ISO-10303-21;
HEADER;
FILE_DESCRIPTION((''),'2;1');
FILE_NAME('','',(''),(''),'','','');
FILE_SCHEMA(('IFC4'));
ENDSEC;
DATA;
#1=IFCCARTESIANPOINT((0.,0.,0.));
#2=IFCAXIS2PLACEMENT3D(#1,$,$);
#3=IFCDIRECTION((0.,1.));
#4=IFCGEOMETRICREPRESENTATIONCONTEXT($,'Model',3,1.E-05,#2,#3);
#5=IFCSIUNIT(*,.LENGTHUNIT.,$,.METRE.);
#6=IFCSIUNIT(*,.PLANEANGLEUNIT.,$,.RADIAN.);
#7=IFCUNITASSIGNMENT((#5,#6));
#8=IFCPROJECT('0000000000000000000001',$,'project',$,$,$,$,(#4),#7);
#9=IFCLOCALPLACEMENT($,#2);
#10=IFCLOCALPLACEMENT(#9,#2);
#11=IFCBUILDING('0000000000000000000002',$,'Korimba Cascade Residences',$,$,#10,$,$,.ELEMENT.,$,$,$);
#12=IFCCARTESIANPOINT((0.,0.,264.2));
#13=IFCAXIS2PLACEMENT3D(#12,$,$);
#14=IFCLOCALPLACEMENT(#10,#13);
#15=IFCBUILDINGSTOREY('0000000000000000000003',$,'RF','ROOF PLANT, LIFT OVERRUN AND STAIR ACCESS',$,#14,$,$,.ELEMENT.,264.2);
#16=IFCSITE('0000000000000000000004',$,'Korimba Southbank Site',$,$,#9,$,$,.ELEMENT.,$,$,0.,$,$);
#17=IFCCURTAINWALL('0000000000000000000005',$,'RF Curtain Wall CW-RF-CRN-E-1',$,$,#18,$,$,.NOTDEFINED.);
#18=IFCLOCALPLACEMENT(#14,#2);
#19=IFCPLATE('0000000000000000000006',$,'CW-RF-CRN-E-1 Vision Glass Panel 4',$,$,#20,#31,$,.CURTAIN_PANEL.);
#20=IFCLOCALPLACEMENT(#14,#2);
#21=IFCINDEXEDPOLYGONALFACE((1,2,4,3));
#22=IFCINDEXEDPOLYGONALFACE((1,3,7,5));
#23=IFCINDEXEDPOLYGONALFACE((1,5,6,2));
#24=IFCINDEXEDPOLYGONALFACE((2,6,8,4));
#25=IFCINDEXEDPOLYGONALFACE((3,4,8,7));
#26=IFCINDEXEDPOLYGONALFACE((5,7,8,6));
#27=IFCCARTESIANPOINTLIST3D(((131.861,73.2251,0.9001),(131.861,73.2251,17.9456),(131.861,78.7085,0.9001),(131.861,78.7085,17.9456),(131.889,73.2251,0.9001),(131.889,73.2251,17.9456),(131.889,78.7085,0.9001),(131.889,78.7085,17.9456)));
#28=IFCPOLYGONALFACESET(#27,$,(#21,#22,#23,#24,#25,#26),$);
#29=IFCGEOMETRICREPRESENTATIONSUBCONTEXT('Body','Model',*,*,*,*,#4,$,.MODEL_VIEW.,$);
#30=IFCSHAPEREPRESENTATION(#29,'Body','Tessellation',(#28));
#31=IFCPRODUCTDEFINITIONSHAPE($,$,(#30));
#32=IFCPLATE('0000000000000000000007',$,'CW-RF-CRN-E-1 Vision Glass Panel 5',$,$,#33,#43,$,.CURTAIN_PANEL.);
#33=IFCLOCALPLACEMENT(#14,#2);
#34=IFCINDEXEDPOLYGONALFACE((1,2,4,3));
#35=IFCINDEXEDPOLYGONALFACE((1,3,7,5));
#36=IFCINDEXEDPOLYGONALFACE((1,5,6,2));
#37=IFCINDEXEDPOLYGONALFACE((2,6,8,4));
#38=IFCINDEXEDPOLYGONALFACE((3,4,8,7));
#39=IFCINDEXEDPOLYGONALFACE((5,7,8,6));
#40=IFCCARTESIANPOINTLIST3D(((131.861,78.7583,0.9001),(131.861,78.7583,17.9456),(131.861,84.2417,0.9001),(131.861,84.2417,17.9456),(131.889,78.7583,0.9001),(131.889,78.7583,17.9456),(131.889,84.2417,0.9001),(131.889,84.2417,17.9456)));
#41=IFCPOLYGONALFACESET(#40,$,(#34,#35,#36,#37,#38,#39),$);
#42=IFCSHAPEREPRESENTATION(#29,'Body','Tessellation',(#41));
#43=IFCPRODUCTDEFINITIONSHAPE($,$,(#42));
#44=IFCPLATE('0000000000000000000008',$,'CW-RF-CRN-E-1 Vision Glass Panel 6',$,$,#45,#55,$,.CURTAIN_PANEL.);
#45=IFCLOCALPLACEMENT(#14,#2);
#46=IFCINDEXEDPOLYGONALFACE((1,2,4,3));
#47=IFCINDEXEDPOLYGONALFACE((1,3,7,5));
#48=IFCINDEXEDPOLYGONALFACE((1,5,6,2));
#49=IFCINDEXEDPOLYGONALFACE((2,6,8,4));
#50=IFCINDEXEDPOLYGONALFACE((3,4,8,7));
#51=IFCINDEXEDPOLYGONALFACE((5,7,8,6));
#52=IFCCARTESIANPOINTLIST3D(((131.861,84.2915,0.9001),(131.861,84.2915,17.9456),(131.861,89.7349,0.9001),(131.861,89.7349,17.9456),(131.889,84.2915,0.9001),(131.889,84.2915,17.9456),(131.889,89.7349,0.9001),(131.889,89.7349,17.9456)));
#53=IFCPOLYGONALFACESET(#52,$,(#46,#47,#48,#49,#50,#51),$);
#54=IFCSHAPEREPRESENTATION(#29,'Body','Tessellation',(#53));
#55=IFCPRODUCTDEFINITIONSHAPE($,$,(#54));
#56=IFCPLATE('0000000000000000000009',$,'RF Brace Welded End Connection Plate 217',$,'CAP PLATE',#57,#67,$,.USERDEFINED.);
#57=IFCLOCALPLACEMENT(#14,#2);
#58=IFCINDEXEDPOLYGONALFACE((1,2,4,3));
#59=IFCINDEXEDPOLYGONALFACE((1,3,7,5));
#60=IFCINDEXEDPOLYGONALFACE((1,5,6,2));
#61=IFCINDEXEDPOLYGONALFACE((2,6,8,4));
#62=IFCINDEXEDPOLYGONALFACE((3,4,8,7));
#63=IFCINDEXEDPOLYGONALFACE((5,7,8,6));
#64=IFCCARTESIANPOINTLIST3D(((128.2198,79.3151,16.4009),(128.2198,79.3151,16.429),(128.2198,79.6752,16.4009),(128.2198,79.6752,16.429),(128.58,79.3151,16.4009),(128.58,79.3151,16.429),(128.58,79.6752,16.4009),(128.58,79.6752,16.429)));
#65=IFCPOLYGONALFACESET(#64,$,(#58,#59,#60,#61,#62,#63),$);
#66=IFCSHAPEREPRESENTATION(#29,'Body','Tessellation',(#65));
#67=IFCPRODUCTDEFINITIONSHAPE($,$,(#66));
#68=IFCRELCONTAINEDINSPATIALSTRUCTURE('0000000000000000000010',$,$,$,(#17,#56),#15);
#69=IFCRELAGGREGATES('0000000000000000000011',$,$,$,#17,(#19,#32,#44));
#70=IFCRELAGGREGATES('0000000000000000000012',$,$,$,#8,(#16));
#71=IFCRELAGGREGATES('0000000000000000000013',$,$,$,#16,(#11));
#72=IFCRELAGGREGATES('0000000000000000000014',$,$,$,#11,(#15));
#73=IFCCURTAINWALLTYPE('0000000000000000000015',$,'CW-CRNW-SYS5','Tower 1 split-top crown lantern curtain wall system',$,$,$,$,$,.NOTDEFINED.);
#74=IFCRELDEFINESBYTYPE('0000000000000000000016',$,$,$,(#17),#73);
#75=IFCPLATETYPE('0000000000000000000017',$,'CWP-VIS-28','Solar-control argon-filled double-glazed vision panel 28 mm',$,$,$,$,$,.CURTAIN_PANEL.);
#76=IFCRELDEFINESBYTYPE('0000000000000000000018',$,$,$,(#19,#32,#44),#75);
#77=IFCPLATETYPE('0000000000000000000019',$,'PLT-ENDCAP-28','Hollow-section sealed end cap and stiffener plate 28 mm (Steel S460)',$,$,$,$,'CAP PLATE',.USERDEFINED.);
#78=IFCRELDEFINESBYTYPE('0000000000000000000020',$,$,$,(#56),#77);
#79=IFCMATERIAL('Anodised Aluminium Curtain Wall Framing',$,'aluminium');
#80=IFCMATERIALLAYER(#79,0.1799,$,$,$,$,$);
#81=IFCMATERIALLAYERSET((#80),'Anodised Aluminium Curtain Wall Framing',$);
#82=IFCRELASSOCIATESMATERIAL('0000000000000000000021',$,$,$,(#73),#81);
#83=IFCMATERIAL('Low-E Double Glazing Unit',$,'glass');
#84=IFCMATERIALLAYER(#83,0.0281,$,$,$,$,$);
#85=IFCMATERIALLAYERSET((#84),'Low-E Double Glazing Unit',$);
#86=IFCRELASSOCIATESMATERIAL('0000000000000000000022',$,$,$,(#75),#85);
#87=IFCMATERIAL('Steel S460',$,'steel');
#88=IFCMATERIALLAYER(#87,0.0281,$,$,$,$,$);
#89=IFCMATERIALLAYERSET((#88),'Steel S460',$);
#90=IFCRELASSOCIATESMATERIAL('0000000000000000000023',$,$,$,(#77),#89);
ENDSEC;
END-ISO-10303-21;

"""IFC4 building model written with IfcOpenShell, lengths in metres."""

from ifc_helpers import new_model, si_unit, direction, frame, origin, origin_2d, place, context, subcontext, project, spatial, rectangle, extrude, material, layer, layer_set, type_object, element, aggregate, save


model = new_model("IFC4")

# Units and contexts
model_context = context("Model", 3, precision=1e-05, world=origin(), true_north=direction((0.0, 1.0)))
body_context = subcontext(model_context, "Body", "Model", "MODEL_VIEW")
ifc_project = project(units=[si_unit("LENGTHUNIT", "METRE"), si_unit("PLANEANGLEUNIT", "RADIAN")], contexts=[model_context])

# Site, building, storey
site_placement = place(None, origin())
site = spatial("IfcSite", under=ifc_project, at=site_placement, Name="Korimba Southbank Site", CompositionType="ELEMENT", RefElevation=0.0)
building_placement = place(site_placement, origin())
building = spatial("IfcBuilding", under=site, at=building_placement, Name="Korimba Cascade Residences", CompositionType="ELEMENT")
storey_placement = place(building_placement, frame((0.0, 0.0, 264.2)))
storey = spatial("IfcBuildingStorey", under=building, at=storey_placement, Name="RF", Description="ROOF PLANT, LIFT OVERRUN AND STAIR ACCESS", CompositionType="ELEMENT", Elevation=264.2)

# Curtain wall, plates
ifc_material_1 = material(Name="Anodised Aluminium Curtain Wall Framing", Category="aluminium")
ifc_layer_1 = layer(ifc_material_1, 0.1799)
ifc_layer_set_1 = layer_set([ifc_layer_1], Name="Anodised Aluminium Curtain Wall Framing")
curtain_wall_type = type_object("IfcCurtainWallType", Name="CW-CRNW-SYS5", Description="Tower 1 split-top crown lantern curtain wall system", PredefinedType="NOTDEFINED", material=ifc_layer_set_1)
curtain_wall_placement = place(storey_placement, origin())
curtain_wall = element("IfcCurtainWall", 1, at=curtain_wall_placement, inside=storey, type_object=curtain_wall_type, Name="RF Curtain Wall CW-RF-CRN-E-1", PredefinedType="NOTDEFINED")
ifc_material_2 = material(Name="Low-E Double Glazing Unit", Category="glass")
ifc_layer_2 = layer(ifc_material_2, 0.0281)
ifc_layer_set_2 = layer_set([ifc_layer_2], Name="Low-E Double Glazing Unit")
plate_type_1 = type_object("IfcPlateType", Name="CWP-VIS-28", Description="Solar-control argon-filled double-glazed vision panel 28 mm", PredefinedType="CURTAIN_PANEL", material=ifc_layer_set_2)
plate_1_placement = place(storey_placement, frame((131.875, 75.9668, 0.9001), z_axis=(0.0, 0.0, 1.0), x_axis=(0.0, 1.0, 0.0)))
plate_1 = element("IfcPlate", 2, at=plate_1_placement, type_object=plate_type_1, Name="CW-RF-CRN-E-1 Vision Glass Panel 4", PredefinedType="CURTAIN_PANEL", context=body_context, shape_type="SweptSolid", body=[
    extrude(rectangle(XDim=5.4834, YDim=0.0281, at=origin_2d()), origin(), (0.0, 0.0, 1.0), 17.0454),
])
plate_2_placement = place(storey_placement, frame((131.875, 81.5, 0.9001), z_axis=(0.0, 0.0, 1.0), x_axis=(0.0, 1.0, 0.0)))
plate_2 = element("IfcPlate", 3, at=plate_2_placement, type_object=plate_type_1, Name="CW-RF-CRN-E-1 Vision Glass Panel 5", PredefinedType="CURTAIN_PANEL", context=body_context, shape_type="SweptSolid", body=[
    extrude(rectangle(XDim=5.4834, YDim=0.0281, at=origin_2d()), origin(), (0.0, 0.0, 1.0), 17.0454),
])
plate_3_placement = place(storey_placement, frame((131.875, 87.0132, 0.9001), z_axis=(0.0, 0.0, 1.0), x_axis=(0.0, 1.0, 0.0)))
plate_3 = element("IfcPlate", 4, at=plate_3_placement, type_object=plate_type_1, Name="CW-RF-CRN-E-1 Vision Glass Panel 6", PredefinedType="CURTAIN_PANEL", context=body_context, shape_type="SweptSolid", body=[
    extrude(rectangle(XDim=5.4434, YDim=0.0281, at=origin_2d()), origin(), (0.0, 0.0, 1.0), 17.0454),
])
aggregate(curtain_wall, [plate_1, plate_2, plate_3])

# Plate
ifc_material_3 = material(Name="Steel S460", Category="steel")
ifc_layer_3 = layer(ifc_material_3, 0.0281)
ifc_layer_set_3 = layer_set([ifc_layer_3], Name="Steel S460")
plate_type_2 = type_object("IfcPlateType", Name="PLT-ENDCAP-28", Description="Hollow-section sealed end cap and stiffener plate 28 mm (Steel S460)", ElementType="CAP PLATE", PredefinedType="USERDEFINED", material=ifc_layer_set_3)
plate_4_placement = place(storey_placement, frame((128.3999, 79.4951, 16.4009), z_axis=(0.0, 0.0, 1.0), x_axis=(1.0, 0.0, 0.0)))
element("IfcPlate", 5, at=plate_4_placement, inside=storey, type_object=plate_type_2, Name="RF Brace Welded End Connection Plate 217", ObjectType="CAP PLATE", PredefinedType="USERDEFINED", context=body_context, shape_type="SweptSolid", body=[
    extrude(rectangle(XDim=0.3601, YDim=0.3601, at=origin_2d()), origin(), (0.0, 0.0, 1.0), 0.0281),
])

save(model, "model.ifc")
